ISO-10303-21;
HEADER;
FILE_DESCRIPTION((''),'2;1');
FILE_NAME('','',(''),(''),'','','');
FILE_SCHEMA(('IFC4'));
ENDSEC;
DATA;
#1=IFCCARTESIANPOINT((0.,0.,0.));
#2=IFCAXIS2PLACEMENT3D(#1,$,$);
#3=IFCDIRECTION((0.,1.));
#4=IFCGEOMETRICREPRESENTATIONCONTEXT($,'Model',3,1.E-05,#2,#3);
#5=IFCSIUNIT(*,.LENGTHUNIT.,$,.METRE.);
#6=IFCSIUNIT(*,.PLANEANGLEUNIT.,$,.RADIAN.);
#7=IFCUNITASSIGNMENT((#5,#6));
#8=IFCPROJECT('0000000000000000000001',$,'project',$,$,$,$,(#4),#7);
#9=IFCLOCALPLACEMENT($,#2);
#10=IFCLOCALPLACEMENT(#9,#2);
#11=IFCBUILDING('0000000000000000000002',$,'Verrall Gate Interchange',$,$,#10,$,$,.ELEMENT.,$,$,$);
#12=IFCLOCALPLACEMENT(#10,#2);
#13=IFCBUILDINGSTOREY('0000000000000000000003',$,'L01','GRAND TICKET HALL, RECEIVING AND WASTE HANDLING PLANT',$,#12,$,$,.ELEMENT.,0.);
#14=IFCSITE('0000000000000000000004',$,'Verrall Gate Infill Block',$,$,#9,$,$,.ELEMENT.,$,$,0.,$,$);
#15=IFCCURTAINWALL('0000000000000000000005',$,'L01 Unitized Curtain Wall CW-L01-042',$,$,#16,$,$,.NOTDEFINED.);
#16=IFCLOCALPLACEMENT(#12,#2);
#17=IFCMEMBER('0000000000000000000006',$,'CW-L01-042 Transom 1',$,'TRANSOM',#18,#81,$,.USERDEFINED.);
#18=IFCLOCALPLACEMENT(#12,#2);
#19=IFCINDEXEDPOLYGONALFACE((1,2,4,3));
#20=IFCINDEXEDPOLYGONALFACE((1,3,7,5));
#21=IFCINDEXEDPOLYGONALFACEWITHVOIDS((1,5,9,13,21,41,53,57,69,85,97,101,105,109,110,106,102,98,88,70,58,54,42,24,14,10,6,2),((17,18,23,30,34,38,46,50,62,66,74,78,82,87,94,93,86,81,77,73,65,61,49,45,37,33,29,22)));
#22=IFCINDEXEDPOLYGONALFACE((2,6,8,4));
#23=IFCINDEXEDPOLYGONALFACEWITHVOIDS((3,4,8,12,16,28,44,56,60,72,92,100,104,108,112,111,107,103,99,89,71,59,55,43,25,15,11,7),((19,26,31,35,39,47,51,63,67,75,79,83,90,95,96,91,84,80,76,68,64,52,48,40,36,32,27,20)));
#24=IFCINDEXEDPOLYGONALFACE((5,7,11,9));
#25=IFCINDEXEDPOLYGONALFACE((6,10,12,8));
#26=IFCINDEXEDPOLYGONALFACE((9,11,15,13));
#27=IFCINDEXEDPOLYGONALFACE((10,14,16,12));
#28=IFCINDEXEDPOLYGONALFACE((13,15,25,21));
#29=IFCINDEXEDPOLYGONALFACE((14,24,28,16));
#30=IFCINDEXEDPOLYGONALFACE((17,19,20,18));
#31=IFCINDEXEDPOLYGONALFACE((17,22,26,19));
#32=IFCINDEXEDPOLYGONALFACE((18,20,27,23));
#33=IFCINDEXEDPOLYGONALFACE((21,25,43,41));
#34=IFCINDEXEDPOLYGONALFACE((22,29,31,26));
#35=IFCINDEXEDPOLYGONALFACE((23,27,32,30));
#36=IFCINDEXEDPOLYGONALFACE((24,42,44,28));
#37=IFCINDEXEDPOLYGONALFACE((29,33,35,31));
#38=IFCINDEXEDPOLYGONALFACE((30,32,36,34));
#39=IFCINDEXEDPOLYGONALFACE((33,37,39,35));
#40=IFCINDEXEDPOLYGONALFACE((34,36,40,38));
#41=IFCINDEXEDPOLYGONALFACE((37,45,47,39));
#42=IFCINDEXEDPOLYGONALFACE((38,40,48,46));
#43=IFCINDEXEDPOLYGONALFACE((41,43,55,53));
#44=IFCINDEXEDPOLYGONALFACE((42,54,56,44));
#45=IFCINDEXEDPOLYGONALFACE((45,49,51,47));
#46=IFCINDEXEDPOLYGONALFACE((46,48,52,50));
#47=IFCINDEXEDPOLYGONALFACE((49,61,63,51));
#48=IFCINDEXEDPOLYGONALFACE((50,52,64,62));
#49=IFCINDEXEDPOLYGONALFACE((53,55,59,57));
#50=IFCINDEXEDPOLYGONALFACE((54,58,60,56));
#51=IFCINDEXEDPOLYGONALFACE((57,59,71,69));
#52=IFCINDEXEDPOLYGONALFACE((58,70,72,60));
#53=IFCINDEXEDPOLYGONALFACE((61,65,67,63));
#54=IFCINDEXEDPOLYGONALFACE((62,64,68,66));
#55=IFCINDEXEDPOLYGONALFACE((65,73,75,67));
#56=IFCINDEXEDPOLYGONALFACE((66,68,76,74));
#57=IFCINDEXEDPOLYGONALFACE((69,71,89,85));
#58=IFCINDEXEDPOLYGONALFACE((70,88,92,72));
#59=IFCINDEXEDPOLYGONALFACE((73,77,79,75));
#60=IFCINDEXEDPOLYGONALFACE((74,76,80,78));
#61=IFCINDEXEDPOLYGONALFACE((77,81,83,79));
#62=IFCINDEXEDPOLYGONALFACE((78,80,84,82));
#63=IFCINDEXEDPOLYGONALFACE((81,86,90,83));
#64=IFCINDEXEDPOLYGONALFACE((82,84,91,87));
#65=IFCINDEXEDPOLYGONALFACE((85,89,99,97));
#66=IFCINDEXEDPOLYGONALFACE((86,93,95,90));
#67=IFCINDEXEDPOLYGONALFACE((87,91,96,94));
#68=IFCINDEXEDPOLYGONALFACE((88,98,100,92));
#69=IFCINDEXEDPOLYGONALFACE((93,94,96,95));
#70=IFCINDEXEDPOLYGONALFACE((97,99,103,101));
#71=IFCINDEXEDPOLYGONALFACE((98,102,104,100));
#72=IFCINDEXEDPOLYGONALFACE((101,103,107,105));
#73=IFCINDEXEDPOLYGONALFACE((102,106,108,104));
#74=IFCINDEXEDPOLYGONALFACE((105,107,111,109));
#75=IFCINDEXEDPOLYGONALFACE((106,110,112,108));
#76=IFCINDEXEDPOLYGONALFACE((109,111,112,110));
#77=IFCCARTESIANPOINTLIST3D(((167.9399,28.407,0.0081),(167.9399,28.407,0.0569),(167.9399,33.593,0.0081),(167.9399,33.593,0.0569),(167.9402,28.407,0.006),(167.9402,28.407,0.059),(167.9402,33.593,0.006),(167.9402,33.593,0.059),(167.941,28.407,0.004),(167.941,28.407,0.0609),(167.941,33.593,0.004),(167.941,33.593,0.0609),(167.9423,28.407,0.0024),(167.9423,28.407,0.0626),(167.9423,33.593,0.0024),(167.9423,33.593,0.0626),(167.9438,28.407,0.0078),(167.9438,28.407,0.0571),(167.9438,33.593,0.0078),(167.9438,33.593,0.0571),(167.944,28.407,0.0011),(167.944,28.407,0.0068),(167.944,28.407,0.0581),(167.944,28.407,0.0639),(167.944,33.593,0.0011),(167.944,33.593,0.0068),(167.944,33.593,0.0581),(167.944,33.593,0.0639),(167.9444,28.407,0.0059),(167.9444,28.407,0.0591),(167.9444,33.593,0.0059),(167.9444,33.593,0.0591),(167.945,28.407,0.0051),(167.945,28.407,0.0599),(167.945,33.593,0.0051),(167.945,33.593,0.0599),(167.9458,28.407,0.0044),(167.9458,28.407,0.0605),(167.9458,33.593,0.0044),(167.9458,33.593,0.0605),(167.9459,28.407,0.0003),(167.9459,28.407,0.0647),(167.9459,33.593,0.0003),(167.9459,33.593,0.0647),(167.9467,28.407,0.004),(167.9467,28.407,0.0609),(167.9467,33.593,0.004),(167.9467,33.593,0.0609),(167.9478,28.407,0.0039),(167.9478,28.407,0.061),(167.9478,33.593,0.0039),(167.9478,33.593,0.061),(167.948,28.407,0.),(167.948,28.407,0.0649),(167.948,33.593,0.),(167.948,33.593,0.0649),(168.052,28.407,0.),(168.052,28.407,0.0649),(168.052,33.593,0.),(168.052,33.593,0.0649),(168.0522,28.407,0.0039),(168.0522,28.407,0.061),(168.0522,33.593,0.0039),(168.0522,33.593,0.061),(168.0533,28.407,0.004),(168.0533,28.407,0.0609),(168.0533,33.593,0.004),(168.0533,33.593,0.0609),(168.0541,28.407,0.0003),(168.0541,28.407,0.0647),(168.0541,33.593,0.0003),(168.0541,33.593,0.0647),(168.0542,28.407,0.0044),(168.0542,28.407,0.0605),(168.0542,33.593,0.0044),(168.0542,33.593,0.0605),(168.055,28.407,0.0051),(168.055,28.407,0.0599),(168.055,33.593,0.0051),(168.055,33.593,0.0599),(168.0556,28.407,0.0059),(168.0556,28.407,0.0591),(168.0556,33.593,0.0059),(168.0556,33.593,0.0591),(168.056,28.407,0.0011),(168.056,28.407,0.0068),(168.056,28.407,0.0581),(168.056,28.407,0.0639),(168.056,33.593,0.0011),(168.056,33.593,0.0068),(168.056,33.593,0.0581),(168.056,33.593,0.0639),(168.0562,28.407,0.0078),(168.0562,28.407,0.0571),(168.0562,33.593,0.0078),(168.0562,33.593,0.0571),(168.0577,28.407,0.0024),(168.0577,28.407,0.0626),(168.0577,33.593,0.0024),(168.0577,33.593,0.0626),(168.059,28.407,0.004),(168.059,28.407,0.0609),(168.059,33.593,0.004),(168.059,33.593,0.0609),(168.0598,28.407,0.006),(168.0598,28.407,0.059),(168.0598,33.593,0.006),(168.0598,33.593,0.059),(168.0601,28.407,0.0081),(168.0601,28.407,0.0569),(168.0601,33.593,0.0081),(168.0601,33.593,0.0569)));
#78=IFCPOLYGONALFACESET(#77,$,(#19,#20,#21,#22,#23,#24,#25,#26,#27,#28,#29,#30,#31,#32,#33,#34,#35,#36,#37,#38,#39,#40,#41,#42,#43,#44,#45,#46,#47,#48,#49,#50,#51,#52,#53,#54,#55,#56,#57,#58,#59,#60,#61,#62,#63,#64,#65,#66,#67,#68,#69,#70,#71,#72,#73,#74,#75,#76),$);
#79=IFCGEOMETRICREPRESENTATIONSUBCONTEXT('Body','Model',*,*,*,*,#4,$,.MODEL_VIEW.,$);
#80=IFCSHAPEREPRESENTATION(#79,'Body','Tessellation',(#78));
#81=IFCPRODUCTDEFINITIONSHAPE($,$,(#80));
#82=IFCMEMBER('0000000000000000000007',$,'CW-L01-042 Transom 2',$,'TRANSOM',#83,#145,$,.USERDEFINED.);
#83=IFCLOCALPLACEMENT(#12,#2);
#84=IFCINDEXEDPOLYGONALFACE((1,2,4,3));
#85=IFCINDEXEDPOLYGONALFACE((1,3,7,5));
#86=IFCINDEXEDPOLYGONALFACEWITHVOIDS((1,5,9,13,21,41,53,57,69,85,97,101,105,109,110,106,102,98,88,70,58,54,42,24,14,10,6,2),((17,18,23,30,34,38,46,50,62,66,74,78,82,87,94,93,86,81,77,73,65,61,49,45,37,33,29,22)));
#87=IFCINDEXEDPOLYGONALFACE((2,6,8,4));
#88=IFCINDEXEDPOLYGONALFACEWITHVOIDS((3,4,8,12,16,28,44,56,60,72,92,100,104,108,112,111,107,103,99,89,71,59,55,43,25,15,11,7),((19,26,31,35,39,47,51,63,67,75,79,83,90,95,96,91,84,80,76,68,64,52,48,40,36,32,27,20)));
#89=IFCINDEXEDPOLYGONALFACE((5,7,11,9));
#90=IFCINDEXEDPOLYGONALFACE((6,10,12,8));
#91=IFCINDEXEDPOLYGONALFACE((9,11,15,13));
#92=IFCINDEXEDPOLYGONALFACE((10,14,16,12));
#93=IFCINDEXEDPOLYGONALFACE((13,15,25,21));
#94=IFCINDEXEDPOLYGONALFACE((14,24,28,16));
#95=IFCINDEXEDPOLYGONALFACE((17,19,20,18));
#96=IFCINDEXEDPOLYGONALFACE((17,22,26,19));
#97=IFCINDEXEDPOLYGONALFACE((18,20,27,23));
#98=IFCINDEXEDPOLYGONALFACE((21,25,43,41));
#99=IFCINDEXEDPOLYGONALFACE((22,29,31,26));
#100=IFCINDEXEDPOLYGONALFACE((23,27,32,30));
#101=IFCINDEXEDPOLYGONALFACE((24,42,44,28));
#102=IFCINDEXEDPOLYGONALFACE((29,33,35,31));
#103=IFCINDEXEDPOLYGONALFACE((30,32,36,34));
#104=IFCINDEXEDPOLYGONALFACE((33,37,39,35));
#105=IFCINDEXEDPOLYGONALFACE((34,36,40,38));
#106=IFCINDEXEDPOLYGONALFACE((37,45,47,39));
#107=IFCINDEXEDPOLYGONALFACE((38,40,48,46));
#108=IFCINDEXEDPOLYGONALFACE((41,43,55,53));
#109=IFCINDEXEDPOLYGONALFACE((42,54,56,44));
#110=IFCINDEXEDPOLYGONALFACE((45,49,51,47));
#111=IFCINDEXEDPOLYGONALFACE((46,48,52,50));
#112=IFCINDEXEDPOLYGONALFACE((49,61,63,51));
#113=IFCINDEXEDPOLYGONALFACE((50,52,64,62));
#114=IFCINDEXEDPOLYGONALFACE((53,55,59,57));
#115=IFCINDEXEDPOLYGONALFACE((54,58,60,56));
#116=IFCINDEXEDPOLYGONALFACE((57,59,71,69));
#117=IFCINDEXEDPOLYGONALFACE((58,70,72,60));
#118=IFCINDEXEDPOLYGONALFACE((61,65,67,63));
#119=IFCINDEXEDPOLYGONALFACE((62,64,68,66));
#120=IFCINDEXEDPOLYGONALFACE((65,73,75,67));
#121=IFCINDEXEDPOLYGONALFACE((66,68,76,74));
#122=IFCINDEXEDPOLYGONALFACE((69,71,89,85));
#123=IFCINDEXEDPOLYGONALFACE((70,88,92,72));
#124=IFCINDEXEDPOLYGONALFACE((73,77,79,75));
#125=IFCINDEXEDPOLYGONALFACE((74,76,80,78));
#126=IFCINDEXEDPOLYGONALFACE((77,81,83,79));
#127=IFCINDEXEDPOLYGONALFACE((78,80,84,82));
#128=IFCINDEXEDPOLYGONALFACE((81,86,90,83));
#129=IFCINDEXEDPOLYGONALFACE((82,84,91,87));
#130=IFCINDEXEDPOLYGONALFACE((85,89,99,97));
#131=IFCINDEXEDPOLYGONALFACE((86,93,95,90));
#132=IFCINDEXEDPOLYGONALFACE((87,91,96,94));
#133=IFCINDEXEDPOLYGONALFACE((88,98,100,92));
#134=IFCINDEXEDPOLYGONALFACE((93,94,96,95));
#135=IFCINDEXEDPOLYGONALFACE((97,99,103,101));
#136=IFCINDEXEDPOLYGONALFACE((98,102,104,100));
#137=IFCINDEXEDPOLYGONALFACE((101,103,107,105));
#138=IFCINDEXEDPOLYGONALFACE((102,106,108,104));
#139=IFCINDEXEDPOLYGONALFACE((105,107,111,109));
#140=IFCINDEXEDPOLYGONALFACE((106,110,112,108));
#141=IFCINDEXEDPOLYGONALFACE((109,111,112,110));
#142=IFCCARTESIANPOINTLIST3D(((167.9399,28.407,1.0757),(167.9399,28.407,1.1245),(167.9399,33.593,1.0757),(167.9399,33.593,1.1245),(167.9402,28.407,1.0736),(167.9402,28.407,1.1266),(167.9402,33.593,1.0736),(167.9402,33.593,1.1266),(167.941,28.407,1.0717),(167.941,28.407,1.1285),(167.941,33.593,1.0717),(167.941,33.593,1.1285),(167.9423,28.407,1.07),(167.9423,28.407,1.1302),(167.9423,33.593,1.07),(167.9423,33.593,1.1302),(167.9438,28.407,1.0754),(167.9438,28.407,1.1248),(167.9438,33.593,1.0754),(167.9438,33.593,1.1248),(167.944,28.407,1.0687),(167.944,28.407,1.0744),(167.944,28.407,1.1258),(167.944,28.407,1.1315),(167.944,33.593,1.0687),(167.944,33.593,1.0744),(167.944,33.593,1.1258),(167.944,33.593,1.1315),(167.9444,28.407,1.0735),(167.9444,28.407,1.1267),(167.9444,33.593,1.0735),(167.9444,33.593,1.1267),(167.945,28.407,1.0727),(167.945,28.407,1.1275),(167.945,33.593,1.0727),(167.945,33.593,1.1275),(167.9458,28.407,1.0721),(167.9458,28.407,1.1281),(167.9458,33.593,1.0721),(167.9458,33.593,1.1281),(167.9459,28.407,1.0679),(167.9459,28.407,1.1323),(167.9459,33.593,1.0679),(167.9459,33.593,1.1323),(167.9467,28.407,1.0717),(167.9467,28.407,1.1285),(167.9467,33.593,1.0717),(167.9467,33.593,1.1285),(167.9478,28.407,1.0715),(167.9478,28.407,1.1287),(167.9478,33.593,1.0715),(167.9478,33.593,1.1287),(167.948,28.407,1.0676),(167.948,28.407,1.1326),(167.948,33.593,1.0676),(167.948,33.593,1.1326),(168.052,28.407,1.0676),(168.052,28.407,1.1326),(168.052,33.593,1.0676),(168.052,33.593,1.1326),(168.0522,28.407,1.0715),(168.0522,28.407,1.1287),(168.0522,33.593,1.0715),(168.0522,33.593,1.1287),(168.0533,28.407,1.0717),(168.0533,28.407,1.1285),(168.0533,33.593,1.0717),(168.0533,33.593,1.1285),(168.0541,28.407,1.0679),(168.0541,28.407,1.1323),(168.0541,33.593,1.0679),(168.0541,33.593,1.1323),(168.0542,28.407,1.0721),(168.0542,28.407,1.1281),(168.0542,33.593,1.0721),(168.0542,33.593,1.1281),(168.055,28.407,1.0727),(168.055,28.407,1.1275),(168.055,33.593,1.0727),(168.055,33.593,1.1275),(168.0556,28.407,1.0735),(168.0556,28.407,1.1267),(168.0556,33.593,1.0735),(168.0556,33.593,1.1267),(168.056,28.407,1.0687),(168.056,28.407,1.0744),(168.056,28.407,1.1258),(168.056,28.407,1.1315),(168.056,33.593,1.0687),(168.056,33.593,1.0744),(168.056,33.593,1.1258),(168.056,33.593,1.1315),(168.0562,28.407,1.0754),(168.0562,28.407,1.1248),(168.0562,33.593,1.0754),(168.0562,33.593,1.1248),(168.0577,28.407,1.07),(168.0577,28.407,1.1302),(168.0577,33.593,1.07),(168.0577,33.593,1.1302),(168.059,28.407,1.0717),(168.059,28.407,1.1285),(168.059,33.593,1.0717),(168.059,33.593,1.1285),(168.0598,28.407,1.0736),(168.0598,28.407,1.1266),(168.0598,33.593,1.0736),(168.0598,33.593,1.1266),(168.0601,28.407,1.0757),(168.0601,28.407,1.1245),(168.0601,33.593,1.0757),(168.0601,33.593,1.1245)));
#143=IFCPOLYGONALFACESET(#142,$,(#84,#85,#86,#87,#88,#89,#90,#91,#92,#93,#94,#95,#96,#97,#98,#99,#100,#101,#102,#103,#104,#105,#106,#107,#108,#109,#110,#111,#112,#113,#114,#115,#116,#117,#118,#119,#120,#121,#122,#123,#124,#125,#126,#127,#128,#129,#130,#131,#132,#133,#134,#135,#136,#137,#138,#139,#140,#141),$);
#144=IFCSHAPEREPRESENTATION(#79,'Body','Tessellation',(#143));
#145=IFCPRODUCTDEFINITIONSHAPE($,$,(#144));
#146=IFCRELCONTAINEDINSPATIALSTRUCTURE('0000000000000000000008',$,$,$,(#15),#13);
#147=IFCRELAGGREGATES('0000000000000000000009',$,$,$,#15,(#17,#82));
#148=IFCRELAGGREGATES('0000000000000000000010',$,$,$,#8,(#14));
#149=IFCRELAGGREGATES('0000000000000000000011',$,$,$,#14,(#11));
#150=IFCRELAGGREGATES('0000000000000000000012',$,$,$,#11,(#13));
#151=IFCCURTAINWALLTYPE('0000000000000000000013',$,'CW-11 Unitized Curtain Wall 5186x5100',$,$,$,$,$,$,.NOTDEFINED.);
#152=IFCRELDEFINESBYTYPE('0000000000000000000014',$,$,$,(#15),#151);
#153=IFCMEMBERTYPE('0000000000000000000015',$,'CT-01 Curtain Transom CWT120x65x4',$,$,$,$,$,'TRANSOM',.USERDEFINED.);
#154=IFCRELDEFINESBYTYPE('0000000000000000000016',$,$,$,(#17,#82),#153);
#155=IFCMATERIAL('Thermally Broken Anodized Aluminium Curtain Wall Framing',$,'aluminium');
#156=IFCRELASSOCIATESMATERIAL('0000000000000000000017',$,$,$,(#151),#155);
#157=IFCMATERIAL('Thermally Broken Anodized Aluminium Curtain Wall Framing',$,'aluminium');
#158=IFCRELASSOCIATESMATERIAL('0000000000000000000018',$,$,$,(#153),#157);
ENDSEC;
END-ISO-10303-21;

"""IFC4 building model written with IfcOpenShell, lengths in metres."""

from ifc_helpers import new_model, si_unit, direction, frame, origin, origin_2d, place, context, subcontext, project, spatial, hollow_rectangle, extrude, material, material_profile, profile_set, type_object, element, aggregate, save


model = new_model("IFC4")

# Units and contexts
model_context = context("Model", 3, precision=1e-05, world=origin(), true_north=direction((0.0, 1.0)))
body_context = subcontext(model_context, "Body", "Model", "MODEL_VIEW")
ifc_project = project(units=[si_unit("LENGTHUNIT", "METRE"), si_unit("PLANEANGLEUNIT", "RADIAN")], contexts=[model_context])

# Site, building, storey
site_placement = place(None, origin())
site = spatial("IfcSite", under=ifc_project, at=site_placement, Name="Verrall Gate Infill Block", CompositionType="ELEMENT", RefElevation=0.0)
building_placement = place(site_placement, origin())
building = spatial("IfcBuilding", under=site, at=building_placement, Name="Verrall Gate Interchange", CompositionType="ELEMENT")
storey_placement = place(building_placement, origin())
storey = spatial("IfcBuildingStorey", under=building, at=storey_placement, Name="L01", Description="GRAND TICKET HALL, RECEIVING AND WASTE HANDLING PLANT", CompositionType="ELEMENT", Elevation=0.0)

# Curtain wall, members
ifc_material_1 = material(Name="Thermally Broken Anodized Aluminium Curtain Wall Framing", Category="aluminium")
curtain_wall_type = type_object("IfcCurtainWallType", Name="CW-11 Unitized Curtain Wall 5186x5100", PredefinedType="NOTDEFINED", material=ifc_material_1)
curtain_wall_placement = place(storey_placement, origin())
curtain_wall = element("IfcCurtainWall", 1, at=curtain_wall_placement, inside=storey, type_object=curtain_wall_type, Name="L01 Unitized Curtain Wall CW-L01-042", PredefinedType="NOTDEFINED")
ifc_material_2 = material(Name="Thermally Broken Anodized Aluminium Curtain Wall Framing", Category="aluminium")
ifc_material_profile_1 = material_profile(ifc_material_2, hollow_rectangle(XDim=0.1201, YDim=0.0649, WallThickness=0.0039, InnerFilletRadius=0.0039, OuterFilletRadius=0.0081, at=origin_2d()), Name="CWT120x65x4")
ifc_profile_set_1 = profile_set([ifc_material_profile_1], Name="Thermally Broken Anodized Aluminium Curtain Wall Framing")
member_type_1 = type_object("IfcMemberType", Name="CT-01 Curtain Transom CWT120x65x4", ElementType="TRANSOM", PredefinedType="USERDEFINED", material=ifc_profile_set_1)
member_1_placement = place(storey_placement, frame((168.0, 28.407, 0.0325), z_axis=(0.0, 1.0, 0.0), x_axis=(-1.0, 0.0, 0.0)))
member_1 = element("IfcMember", 2, at=member_1_placement, type_object=member_type_1, Name="CW-L01-042 Transom 1", ObjectType="TRANSOM", PredefinedType="USERDEFINED", context=body_context, shape_type="SweptSolid", body=[
    extrude(hollow_rectangle(XDim=0.1201, YDim=0.0649, WallThickness=0.0039, InnerFilletRadius=0.0039, OuterFilletRadius=0.0081, at=origin_2d()), origin(), (0.0, 0.0, 1.0), 5.186),
])
member_2_placement = place(storey_placement, frame((168.0, 28.407, 1.1001), z_axis=(0.0, 1.0, 0.0), x_axis=(-1.0, 0.0, 0.0)))
member_2 = element("IfcMember", 3, at=member_2_placement, type_object=member_type_1, Name="CW-L01-042 Transom 2", ObjectType="TRANSOM", PredefinedType="USERDEFINED", context=body_context, shape_type="SweptSolid", body=[
    extrude(hollow_rectangle(XDim=0.1201, YDim=0.0649, WallThickness=0.0039, InnerFilletRadius=0.0039, OuterFilletRadius=0.0081, at=origin_2d()), origin(), (0.0, 0.0, 1.0), 5.186),
])

aggregate(curtain_wall, [member_1, member_2])

save(model, "model.ifc")
